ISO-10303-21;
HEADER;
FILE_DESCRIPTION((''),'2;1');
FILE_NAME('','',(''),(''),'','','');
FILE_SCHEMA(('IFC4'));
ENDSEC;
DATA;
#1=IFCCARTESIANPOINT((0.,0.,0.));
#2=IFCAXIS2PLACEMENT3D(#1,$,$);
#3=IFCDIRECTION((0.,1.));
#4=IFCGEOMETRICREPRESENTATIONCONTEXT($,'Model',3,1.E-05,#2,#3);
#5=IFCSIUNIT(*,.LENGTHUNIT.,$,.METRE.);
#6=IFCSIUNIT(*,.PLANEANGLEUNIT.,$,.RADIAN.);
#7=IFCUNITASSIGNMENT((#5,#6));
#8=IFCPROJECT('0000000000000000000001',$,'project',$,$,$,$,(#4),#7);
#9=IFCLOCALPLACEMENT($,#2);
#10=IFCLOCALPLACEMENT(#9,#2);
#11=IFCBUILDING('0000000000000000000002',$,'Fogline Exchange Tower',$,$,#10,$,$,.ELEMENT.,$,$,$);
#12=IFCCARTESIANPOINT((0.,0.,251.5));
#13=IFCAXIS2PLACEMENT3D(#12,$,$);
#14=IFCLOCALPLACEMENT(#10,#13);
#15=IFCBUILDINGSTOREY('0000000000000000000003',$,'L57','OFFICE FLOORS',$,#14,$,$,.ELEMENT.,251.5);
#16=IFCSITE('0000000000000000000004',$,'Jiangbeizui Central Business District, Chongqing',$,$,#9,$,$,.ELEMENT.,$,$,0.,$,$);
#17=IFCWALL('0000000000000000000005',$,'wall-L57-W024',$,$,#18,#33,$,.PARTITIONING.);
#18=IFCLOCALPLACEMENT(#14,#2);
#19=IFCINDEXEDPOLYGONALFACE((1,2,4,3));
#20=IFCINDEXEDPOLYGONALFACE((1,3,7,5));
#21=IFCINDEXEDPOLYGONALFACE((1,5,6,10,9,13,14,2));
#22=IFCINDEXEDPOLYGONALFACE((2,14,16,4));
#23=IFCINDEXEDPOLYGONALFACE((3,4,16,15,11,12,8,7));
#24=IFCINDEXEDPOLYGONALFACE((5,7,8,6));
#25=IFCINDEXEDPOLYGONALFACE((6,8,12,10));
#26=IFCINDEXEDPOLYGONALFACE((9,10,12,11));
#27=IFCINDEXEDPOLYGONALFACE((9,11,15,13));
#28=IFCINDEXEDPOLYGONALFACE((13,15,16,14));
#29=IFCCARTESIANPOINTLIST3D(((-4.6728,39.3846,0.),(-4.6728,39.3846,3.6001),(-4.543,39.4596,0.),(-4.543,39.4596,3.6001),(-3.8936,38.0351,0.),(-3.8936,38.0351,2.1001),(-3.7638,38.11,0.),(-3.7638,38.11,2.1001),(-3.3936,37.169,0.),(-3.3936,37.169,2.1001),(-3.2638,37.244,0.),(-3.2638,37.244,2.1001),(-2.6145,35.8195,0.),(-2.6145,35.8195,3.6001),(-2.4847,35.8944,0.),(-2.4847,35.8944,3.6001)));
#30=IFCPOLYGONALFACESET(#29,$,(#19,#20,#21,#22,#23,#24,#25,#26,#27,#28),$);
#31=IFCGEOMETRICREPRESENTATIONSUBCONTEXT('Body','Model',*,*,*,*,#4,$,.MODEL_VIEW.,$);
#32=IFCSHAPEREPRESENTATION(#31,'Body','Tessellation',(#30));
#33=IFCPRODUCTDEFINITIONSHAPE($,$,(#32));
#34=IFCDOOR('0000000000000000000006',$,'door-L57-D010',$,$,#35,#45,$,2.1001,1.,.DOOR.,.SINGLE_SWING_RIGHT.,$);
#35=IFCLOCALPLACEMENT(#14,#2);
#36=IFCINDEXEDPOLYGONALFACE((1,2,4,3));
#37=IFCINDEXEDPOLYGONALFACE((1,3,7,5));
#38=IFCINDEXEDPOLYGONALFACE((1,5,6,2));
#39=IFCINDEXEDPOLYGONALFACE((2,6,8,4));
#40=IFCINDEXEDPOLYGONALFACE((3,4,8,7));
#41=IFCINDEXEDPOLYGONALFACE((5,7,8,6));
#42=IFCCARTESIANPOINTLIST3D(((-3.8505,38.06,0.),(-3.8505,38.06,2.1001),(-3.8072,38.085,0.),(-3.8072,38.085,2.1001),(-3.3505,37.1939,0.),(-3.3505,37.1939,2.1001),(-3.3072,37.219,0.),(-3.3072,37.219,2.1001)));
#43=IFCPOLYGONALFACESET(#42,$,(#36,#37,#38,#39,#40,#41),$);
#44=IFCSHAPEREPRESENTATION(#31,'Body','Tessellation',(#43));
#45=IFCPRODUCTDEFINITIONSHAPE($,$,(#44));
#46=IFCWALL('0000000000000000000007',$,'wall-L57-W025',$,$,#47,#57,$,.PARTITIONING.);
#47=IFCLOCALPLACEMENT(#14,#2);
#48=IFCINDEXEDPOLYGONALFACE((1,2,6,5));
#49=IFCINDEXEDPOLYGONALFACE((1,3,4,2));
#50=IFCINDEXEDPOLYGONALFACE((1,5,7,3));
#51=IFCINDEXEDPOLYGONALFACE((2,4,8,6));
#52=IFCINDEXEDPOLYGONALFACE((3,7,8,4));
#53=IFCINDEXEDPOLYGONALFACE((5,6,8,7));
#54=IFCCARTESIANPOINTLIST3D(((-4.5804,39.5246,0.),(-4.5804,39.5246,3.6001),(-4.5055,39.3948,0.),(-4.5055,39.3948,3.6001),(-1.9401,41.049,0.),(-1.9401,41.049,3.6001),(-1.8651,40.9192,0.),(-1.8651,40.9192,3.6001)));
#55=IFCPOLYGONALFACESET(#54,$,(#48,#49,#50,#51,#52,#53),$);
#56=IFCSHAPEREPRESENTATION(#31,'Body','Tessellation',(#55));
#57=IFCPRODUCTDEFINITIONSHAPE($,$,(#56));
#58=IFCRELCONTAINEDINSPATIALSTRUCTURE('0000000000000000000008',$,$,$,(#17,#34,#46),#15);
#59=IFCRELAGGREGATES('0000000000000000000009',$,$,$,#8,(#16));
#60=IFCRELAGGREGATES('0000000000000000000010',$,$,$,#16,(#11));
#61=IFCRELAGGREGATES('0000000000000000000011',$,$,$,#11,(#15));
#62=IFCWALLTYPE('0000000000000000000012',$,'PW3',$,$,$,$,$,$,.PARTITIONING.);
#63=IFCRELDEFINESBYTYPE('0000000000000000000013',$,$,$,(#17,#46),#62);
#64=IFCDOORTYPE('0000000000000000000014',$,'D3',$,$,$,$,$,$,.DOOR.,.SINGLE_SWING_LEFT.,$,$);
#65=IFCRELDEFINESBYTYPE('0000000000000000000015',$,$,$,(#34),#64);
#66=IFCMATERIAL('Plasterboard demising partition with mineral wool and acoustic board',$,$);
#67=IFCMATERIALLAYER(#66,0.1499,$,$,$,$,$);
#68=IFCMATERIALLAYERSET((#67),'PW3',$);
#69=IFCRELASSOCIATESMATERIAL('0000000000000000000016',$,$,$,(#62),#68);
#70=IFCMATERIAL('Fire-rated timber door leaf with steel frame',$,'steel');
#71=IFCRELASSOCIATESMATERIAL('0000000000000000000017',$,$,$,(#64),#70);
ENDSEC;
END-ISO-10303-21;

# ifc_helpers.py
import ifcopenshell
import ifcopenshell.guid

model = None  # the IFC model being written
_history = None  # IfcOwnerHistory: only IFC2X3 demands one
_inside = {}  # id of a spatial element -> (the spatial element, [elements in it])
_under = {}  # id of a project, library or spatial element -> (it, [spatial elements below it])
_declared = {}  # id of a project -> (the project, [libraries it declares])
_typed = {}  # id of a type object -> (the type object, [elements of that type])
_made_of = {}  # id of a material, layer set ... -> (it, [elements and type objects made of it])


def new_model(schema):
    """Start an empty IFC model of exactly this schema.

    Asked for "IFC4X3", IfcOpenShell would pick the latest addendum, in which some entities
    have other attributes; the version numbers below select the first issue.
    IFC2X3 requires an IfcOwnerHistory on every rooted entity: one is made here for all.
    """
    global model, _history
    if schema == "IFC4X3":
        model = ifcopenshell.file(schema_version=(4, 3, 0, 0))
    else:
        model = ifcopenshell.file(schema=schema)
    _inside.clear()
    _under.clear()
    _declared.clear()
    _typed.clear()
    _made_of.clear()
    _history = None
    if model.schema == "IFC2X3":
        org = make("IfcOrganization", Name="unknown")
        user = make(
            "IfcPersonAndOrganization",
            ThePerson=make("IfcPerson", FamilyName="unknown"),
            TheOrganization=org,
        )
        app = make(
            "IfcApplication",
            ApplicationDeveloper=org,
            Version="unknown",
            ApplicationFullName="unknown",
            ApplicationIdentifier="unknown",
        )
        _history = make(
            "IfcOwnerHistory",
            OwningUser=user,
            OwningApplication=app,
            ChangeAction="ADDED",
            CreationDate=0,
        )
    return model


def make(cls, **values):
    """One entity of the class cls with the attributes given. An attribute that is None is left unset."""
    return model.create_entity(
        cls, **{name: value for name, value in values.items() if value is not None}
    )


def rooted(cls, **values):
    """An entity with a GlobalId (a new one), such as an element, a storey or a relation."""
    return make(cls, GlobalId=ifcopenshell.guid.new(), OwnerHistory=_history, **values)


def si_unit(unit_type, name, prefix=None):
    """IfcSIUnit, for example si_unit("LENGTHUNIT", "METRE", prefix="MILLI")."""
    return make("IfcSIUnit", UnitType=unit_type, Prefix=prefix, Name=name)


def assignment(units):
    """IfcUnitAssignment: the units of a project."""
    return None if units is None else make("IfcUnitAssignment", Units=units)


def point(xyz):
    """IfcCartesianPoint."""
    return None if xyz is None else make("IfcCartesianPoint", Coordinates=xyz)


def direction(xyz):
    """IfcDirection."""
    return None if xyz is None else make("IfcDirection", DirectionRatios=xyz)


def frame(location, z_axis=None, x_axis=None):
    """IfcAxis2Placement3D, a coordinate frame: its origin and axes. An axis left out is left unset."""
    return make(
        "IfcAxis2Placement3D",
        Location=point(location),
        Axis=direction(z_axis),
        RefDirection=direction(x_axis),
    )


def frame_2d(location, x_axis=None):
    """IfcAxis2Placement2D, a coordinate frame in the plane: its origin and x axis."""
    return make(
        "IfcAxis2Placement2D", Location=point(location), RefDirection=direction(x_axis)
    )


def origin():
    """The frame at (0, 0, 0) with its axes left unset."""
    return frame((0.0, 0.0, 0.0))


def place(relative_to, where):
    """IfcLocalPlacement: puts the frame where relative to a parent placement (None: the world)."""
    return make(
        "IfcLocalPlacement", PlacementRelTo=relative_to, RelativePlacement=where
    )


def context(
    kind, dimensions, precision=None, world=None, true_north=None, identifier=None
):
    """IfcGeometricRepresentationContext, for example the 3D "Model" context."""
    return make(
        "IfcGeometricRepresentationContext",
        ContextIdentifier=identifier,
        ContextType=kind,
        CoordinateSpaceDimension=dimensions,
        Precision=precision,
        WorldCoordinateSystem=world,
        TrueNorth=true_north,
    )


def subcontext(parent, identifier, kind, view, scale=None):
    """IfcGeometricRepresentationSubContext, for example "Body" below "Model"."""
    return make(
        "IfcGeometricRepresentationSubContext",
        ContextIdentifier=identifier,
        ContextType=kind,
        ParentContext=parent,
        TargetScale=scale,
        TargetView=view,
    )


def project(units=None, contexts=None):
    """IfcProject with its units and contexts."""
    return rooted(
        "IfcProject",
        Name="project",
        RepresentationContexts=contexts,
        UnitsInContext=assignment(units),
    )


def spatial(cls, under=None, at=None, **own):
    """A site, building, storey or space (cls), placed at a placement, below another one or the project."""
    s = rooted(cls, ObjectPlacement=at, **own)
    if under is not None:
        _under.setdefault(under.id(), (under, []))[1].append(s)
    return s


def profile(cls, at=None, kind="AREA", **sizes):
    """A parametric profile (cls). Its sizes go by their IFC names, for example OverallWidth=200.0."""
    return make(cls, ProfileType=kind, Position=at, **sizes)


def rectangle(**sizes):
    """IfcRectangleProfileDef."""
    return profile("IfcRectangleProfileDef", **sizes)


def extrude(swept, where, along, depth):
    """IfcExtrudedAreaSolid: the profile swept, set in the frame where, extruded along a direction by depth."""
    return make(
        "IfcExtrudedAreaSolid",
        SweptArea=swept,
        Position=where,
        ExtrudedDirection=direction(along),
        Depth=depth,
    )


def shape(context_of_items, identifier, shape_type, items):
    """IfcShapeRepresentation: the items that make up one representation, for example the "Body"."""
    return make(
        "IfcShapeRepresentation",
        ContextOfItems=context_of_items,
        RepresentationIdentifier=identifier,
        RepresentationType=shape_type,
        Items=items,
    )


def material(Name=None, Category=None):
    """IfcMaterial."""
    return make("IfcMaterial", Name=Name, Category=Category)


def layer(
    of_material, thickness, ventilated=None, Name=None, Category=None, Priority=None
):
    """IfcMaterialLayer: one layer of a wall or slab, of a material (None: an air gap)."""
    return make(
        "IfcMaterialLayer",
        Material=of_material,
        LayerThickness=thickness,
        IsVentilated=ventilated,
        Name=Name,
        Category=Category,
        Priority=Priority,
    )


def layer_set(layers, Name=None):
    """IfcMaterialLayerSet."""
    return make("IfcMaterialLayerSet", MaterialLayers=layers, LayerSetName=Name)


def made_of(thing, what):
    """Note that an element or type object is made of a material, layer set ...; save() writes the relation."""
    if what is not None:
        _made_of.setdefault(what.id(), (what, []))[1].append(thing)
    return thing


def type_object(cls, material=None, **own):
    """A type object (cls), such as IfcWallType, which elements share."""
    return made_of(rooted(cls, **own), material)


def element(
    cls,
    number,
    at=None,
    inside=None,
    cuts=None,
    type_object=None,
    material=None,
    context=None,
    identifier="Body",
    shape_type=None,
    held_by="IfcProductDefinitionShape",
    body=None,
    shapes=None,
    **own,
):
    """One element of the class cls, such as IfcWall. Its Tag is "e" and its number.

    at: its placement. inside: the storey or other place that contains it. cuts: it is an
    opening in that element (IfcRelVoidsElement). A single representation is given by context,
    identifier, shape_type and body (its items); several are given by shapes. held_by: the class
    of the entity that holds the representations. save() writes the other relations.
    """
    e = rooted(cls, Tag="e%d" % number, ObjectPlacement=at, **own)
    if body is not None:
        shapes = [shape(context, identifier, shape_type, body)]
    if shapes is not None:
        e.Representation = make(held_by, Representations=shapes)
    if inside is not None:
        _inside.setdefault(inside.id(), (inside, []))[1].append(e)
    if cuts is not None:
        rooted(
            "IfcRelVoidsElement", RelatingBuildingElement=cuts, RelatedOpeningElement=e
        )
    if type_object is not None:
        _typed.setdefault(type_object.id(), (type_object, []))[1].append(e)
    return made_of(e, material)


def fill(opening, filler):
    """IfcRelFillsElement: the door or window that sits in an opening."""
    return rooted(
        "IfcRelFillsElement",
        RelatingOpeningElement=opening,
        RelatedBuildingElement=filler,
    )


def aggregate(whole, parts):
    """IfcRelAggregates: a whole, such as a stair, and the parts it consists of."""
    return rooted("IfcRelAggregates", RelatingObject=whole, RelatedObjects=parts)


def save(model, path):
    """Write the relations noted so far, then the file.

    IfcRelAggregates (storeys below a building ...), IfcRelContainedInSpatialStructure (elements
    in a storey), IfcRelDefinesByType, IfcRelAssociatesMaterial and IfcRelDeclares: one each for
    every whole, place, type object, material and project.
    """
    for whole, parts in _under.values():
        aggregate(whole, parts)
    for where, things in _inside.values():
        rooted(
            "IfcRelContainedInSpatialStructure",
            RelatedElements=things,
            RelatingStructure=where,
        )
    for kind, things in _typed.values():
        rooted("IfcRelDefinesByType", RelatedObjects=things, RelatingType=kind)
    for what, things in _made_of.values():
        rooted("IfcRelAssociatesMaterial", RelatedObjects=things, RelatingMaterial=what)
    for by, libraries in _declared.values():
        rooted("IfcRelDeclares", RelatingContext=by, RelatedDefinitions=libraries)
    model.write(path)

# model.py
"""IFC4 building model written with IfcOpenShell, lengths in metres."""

from ifc_helpers import new_model, si_unit, direction, frame, frame_2d, origin, place, context, subcontext, project, spatial, rectangle, extrude, material, layer, layer_set, type_object, element, fill, save


model = new_model("IFC4")

# Units and contexts
model_context = context("Model", 3, precision=1e-05, world=origin(), true_north=direction((0.0, 1.0)))
body_context = subcontext(model_context, "Body", "Model", "MODEL_VIEW")
ifc_project = project(units=[si_unit("LENGTHUNIT", "METRE"), si_unit("PLANEANGLEUNIT", "RADIAN")], contexts=[model_context])

# Site, building, storey
site_placement = place(None, origin())
site = spatial("IfcSite", under=ifc_project, at=site_placement, Name="Jiangbeizui Central Business District, Chongqing", CompositionType="ELEMENT", RefElevation=0.0)
building_placement = place(site_placement, origin())
building = spatial("IfcBuilding", under=site, at=building_placement, Name="Fogline Exchange Tower", CompositionType="ELEMENT")
storey_placement = place(building_placement, frame((0.0, 0.0, 251.5)))
storey = spatial("IfcBuildingStorey", under=building, at=storey_placement, Name="L57", Description="OFFICE FLOORS", CompositionType="ELEMENT", Elevation=251.5)

# Wall, opening, door
ifc_material_1 = material(Name="Plasterboard demising partition with mineral wool and acoustic board")
ifc_layer_1 = layer(ifc_material_1, 0.1499)
ifc_layer_set_1 = layer_set([ifc_layer_1], Name="PW3")
wall_type_1 = type_object("IfcWallType", Name="PW3", PredefinedType="PARTITIONING", material=ifc_layer_set_1)
wall_1_placement = place(storey_placement, frame((-2.5496, 35.8569, 0.0), z_axis=(0.0, 0.0, 1.0), x_axis=(-0.499998, 0.866027, 0.0)))
wall_1 = element("IfcWall", 1, at=wall_1_placement, inside=storey, type_object=wall_type_1, Name="wall-L57-W024", PredefinedType="PARTITIONING", context=body_context, shape_type="SweptSolid", body=[
    extrude(rectangle(XDim=4.1167, YDim=0.1499, at=frame_2d((2.0583, 0.0))), origin(), (0.0, 0.0, 1.0), 3.6001),
])
opening_1_placement = place(wall_1_placement, frame((1.5583, 0.0, 0.0)))
opening_1 = element("IfcOpeningElement", 2, at=opening_1_placement, cuts=wall_1, PredefinedType="OPENING", context=body_context, shape_type="SweptSolid", body=[
    extrude(rectangle(XDim=1.0, YDim=2.1001, at=frame_2d((0.5, 1.05))), frame((0.0, 0.085, 0.0), z_axis=(0.0, -1.0, 0.0), x_axis=(1.0, 0.0, 0.0)), (0.0, 0.0, 1.0), 0.1699),
])
ifc_material_2 = material(Name="Fire-rated timber door leaf with steel frame", Category="steel")
door_type = type_object("IfcDoorType", Name="D3", OperationType="SINGLE_SWING_LEFT", PredefinedType="DOOR", material=ifc_material_2)
door_placement = place(opening_1_placement, frame((1.0, 0.0, 0.0), z_axis=(0.0, 0.0, 1.0), x_axis=(-1.0, 0.0, 0.0)))
door = element("IfcDoor", 3, at=door_placement, inside=storey, type_object=door_type, Name="door-L57-D010", OperationType="SINGLE_SWING_RIGHT", OverallHeight=2.1001, OverallWidth=1.0, PredefinedType="DOOR", context=body_context, shape_type="SweptSolid", body=[
    extrude(rectangle(XDim=1.0, YDim=2.1001, at=frame_2d((0.5, 1.05))), frame((0.0, 0.0249, 0.0), z_axis=(0.0, -1.0, 0.0), x_axis=(1.0, 0.0, 0.0)), (0.0, 0.0, 1.0), 0.05),
])
fill(opening_1, door)

# Wall
wall_2_placement = place(storey_placement, frame((-4.543, 39.4597, 0.0), z_axis=(0.0, 0.0, 1.0), x_axis=(0.866027, 0.499997, 0.0)))
element("IfcWall", 4, at=wall_2_placement, inside=storey, type_object=wall_type_1, Name="wall-L57-W025", PredefinedType="PARTITIONING", context=body_context, shape_type="SweptSolid", body=[
    extrude(rectangle(XDim=3.0488, YDim=0.1499, at=frame_2d((1.5244, 0.0))), origin(), (0.0, 0.0, 1.0), 3.6001),
])

save(model, "model.ifc")
